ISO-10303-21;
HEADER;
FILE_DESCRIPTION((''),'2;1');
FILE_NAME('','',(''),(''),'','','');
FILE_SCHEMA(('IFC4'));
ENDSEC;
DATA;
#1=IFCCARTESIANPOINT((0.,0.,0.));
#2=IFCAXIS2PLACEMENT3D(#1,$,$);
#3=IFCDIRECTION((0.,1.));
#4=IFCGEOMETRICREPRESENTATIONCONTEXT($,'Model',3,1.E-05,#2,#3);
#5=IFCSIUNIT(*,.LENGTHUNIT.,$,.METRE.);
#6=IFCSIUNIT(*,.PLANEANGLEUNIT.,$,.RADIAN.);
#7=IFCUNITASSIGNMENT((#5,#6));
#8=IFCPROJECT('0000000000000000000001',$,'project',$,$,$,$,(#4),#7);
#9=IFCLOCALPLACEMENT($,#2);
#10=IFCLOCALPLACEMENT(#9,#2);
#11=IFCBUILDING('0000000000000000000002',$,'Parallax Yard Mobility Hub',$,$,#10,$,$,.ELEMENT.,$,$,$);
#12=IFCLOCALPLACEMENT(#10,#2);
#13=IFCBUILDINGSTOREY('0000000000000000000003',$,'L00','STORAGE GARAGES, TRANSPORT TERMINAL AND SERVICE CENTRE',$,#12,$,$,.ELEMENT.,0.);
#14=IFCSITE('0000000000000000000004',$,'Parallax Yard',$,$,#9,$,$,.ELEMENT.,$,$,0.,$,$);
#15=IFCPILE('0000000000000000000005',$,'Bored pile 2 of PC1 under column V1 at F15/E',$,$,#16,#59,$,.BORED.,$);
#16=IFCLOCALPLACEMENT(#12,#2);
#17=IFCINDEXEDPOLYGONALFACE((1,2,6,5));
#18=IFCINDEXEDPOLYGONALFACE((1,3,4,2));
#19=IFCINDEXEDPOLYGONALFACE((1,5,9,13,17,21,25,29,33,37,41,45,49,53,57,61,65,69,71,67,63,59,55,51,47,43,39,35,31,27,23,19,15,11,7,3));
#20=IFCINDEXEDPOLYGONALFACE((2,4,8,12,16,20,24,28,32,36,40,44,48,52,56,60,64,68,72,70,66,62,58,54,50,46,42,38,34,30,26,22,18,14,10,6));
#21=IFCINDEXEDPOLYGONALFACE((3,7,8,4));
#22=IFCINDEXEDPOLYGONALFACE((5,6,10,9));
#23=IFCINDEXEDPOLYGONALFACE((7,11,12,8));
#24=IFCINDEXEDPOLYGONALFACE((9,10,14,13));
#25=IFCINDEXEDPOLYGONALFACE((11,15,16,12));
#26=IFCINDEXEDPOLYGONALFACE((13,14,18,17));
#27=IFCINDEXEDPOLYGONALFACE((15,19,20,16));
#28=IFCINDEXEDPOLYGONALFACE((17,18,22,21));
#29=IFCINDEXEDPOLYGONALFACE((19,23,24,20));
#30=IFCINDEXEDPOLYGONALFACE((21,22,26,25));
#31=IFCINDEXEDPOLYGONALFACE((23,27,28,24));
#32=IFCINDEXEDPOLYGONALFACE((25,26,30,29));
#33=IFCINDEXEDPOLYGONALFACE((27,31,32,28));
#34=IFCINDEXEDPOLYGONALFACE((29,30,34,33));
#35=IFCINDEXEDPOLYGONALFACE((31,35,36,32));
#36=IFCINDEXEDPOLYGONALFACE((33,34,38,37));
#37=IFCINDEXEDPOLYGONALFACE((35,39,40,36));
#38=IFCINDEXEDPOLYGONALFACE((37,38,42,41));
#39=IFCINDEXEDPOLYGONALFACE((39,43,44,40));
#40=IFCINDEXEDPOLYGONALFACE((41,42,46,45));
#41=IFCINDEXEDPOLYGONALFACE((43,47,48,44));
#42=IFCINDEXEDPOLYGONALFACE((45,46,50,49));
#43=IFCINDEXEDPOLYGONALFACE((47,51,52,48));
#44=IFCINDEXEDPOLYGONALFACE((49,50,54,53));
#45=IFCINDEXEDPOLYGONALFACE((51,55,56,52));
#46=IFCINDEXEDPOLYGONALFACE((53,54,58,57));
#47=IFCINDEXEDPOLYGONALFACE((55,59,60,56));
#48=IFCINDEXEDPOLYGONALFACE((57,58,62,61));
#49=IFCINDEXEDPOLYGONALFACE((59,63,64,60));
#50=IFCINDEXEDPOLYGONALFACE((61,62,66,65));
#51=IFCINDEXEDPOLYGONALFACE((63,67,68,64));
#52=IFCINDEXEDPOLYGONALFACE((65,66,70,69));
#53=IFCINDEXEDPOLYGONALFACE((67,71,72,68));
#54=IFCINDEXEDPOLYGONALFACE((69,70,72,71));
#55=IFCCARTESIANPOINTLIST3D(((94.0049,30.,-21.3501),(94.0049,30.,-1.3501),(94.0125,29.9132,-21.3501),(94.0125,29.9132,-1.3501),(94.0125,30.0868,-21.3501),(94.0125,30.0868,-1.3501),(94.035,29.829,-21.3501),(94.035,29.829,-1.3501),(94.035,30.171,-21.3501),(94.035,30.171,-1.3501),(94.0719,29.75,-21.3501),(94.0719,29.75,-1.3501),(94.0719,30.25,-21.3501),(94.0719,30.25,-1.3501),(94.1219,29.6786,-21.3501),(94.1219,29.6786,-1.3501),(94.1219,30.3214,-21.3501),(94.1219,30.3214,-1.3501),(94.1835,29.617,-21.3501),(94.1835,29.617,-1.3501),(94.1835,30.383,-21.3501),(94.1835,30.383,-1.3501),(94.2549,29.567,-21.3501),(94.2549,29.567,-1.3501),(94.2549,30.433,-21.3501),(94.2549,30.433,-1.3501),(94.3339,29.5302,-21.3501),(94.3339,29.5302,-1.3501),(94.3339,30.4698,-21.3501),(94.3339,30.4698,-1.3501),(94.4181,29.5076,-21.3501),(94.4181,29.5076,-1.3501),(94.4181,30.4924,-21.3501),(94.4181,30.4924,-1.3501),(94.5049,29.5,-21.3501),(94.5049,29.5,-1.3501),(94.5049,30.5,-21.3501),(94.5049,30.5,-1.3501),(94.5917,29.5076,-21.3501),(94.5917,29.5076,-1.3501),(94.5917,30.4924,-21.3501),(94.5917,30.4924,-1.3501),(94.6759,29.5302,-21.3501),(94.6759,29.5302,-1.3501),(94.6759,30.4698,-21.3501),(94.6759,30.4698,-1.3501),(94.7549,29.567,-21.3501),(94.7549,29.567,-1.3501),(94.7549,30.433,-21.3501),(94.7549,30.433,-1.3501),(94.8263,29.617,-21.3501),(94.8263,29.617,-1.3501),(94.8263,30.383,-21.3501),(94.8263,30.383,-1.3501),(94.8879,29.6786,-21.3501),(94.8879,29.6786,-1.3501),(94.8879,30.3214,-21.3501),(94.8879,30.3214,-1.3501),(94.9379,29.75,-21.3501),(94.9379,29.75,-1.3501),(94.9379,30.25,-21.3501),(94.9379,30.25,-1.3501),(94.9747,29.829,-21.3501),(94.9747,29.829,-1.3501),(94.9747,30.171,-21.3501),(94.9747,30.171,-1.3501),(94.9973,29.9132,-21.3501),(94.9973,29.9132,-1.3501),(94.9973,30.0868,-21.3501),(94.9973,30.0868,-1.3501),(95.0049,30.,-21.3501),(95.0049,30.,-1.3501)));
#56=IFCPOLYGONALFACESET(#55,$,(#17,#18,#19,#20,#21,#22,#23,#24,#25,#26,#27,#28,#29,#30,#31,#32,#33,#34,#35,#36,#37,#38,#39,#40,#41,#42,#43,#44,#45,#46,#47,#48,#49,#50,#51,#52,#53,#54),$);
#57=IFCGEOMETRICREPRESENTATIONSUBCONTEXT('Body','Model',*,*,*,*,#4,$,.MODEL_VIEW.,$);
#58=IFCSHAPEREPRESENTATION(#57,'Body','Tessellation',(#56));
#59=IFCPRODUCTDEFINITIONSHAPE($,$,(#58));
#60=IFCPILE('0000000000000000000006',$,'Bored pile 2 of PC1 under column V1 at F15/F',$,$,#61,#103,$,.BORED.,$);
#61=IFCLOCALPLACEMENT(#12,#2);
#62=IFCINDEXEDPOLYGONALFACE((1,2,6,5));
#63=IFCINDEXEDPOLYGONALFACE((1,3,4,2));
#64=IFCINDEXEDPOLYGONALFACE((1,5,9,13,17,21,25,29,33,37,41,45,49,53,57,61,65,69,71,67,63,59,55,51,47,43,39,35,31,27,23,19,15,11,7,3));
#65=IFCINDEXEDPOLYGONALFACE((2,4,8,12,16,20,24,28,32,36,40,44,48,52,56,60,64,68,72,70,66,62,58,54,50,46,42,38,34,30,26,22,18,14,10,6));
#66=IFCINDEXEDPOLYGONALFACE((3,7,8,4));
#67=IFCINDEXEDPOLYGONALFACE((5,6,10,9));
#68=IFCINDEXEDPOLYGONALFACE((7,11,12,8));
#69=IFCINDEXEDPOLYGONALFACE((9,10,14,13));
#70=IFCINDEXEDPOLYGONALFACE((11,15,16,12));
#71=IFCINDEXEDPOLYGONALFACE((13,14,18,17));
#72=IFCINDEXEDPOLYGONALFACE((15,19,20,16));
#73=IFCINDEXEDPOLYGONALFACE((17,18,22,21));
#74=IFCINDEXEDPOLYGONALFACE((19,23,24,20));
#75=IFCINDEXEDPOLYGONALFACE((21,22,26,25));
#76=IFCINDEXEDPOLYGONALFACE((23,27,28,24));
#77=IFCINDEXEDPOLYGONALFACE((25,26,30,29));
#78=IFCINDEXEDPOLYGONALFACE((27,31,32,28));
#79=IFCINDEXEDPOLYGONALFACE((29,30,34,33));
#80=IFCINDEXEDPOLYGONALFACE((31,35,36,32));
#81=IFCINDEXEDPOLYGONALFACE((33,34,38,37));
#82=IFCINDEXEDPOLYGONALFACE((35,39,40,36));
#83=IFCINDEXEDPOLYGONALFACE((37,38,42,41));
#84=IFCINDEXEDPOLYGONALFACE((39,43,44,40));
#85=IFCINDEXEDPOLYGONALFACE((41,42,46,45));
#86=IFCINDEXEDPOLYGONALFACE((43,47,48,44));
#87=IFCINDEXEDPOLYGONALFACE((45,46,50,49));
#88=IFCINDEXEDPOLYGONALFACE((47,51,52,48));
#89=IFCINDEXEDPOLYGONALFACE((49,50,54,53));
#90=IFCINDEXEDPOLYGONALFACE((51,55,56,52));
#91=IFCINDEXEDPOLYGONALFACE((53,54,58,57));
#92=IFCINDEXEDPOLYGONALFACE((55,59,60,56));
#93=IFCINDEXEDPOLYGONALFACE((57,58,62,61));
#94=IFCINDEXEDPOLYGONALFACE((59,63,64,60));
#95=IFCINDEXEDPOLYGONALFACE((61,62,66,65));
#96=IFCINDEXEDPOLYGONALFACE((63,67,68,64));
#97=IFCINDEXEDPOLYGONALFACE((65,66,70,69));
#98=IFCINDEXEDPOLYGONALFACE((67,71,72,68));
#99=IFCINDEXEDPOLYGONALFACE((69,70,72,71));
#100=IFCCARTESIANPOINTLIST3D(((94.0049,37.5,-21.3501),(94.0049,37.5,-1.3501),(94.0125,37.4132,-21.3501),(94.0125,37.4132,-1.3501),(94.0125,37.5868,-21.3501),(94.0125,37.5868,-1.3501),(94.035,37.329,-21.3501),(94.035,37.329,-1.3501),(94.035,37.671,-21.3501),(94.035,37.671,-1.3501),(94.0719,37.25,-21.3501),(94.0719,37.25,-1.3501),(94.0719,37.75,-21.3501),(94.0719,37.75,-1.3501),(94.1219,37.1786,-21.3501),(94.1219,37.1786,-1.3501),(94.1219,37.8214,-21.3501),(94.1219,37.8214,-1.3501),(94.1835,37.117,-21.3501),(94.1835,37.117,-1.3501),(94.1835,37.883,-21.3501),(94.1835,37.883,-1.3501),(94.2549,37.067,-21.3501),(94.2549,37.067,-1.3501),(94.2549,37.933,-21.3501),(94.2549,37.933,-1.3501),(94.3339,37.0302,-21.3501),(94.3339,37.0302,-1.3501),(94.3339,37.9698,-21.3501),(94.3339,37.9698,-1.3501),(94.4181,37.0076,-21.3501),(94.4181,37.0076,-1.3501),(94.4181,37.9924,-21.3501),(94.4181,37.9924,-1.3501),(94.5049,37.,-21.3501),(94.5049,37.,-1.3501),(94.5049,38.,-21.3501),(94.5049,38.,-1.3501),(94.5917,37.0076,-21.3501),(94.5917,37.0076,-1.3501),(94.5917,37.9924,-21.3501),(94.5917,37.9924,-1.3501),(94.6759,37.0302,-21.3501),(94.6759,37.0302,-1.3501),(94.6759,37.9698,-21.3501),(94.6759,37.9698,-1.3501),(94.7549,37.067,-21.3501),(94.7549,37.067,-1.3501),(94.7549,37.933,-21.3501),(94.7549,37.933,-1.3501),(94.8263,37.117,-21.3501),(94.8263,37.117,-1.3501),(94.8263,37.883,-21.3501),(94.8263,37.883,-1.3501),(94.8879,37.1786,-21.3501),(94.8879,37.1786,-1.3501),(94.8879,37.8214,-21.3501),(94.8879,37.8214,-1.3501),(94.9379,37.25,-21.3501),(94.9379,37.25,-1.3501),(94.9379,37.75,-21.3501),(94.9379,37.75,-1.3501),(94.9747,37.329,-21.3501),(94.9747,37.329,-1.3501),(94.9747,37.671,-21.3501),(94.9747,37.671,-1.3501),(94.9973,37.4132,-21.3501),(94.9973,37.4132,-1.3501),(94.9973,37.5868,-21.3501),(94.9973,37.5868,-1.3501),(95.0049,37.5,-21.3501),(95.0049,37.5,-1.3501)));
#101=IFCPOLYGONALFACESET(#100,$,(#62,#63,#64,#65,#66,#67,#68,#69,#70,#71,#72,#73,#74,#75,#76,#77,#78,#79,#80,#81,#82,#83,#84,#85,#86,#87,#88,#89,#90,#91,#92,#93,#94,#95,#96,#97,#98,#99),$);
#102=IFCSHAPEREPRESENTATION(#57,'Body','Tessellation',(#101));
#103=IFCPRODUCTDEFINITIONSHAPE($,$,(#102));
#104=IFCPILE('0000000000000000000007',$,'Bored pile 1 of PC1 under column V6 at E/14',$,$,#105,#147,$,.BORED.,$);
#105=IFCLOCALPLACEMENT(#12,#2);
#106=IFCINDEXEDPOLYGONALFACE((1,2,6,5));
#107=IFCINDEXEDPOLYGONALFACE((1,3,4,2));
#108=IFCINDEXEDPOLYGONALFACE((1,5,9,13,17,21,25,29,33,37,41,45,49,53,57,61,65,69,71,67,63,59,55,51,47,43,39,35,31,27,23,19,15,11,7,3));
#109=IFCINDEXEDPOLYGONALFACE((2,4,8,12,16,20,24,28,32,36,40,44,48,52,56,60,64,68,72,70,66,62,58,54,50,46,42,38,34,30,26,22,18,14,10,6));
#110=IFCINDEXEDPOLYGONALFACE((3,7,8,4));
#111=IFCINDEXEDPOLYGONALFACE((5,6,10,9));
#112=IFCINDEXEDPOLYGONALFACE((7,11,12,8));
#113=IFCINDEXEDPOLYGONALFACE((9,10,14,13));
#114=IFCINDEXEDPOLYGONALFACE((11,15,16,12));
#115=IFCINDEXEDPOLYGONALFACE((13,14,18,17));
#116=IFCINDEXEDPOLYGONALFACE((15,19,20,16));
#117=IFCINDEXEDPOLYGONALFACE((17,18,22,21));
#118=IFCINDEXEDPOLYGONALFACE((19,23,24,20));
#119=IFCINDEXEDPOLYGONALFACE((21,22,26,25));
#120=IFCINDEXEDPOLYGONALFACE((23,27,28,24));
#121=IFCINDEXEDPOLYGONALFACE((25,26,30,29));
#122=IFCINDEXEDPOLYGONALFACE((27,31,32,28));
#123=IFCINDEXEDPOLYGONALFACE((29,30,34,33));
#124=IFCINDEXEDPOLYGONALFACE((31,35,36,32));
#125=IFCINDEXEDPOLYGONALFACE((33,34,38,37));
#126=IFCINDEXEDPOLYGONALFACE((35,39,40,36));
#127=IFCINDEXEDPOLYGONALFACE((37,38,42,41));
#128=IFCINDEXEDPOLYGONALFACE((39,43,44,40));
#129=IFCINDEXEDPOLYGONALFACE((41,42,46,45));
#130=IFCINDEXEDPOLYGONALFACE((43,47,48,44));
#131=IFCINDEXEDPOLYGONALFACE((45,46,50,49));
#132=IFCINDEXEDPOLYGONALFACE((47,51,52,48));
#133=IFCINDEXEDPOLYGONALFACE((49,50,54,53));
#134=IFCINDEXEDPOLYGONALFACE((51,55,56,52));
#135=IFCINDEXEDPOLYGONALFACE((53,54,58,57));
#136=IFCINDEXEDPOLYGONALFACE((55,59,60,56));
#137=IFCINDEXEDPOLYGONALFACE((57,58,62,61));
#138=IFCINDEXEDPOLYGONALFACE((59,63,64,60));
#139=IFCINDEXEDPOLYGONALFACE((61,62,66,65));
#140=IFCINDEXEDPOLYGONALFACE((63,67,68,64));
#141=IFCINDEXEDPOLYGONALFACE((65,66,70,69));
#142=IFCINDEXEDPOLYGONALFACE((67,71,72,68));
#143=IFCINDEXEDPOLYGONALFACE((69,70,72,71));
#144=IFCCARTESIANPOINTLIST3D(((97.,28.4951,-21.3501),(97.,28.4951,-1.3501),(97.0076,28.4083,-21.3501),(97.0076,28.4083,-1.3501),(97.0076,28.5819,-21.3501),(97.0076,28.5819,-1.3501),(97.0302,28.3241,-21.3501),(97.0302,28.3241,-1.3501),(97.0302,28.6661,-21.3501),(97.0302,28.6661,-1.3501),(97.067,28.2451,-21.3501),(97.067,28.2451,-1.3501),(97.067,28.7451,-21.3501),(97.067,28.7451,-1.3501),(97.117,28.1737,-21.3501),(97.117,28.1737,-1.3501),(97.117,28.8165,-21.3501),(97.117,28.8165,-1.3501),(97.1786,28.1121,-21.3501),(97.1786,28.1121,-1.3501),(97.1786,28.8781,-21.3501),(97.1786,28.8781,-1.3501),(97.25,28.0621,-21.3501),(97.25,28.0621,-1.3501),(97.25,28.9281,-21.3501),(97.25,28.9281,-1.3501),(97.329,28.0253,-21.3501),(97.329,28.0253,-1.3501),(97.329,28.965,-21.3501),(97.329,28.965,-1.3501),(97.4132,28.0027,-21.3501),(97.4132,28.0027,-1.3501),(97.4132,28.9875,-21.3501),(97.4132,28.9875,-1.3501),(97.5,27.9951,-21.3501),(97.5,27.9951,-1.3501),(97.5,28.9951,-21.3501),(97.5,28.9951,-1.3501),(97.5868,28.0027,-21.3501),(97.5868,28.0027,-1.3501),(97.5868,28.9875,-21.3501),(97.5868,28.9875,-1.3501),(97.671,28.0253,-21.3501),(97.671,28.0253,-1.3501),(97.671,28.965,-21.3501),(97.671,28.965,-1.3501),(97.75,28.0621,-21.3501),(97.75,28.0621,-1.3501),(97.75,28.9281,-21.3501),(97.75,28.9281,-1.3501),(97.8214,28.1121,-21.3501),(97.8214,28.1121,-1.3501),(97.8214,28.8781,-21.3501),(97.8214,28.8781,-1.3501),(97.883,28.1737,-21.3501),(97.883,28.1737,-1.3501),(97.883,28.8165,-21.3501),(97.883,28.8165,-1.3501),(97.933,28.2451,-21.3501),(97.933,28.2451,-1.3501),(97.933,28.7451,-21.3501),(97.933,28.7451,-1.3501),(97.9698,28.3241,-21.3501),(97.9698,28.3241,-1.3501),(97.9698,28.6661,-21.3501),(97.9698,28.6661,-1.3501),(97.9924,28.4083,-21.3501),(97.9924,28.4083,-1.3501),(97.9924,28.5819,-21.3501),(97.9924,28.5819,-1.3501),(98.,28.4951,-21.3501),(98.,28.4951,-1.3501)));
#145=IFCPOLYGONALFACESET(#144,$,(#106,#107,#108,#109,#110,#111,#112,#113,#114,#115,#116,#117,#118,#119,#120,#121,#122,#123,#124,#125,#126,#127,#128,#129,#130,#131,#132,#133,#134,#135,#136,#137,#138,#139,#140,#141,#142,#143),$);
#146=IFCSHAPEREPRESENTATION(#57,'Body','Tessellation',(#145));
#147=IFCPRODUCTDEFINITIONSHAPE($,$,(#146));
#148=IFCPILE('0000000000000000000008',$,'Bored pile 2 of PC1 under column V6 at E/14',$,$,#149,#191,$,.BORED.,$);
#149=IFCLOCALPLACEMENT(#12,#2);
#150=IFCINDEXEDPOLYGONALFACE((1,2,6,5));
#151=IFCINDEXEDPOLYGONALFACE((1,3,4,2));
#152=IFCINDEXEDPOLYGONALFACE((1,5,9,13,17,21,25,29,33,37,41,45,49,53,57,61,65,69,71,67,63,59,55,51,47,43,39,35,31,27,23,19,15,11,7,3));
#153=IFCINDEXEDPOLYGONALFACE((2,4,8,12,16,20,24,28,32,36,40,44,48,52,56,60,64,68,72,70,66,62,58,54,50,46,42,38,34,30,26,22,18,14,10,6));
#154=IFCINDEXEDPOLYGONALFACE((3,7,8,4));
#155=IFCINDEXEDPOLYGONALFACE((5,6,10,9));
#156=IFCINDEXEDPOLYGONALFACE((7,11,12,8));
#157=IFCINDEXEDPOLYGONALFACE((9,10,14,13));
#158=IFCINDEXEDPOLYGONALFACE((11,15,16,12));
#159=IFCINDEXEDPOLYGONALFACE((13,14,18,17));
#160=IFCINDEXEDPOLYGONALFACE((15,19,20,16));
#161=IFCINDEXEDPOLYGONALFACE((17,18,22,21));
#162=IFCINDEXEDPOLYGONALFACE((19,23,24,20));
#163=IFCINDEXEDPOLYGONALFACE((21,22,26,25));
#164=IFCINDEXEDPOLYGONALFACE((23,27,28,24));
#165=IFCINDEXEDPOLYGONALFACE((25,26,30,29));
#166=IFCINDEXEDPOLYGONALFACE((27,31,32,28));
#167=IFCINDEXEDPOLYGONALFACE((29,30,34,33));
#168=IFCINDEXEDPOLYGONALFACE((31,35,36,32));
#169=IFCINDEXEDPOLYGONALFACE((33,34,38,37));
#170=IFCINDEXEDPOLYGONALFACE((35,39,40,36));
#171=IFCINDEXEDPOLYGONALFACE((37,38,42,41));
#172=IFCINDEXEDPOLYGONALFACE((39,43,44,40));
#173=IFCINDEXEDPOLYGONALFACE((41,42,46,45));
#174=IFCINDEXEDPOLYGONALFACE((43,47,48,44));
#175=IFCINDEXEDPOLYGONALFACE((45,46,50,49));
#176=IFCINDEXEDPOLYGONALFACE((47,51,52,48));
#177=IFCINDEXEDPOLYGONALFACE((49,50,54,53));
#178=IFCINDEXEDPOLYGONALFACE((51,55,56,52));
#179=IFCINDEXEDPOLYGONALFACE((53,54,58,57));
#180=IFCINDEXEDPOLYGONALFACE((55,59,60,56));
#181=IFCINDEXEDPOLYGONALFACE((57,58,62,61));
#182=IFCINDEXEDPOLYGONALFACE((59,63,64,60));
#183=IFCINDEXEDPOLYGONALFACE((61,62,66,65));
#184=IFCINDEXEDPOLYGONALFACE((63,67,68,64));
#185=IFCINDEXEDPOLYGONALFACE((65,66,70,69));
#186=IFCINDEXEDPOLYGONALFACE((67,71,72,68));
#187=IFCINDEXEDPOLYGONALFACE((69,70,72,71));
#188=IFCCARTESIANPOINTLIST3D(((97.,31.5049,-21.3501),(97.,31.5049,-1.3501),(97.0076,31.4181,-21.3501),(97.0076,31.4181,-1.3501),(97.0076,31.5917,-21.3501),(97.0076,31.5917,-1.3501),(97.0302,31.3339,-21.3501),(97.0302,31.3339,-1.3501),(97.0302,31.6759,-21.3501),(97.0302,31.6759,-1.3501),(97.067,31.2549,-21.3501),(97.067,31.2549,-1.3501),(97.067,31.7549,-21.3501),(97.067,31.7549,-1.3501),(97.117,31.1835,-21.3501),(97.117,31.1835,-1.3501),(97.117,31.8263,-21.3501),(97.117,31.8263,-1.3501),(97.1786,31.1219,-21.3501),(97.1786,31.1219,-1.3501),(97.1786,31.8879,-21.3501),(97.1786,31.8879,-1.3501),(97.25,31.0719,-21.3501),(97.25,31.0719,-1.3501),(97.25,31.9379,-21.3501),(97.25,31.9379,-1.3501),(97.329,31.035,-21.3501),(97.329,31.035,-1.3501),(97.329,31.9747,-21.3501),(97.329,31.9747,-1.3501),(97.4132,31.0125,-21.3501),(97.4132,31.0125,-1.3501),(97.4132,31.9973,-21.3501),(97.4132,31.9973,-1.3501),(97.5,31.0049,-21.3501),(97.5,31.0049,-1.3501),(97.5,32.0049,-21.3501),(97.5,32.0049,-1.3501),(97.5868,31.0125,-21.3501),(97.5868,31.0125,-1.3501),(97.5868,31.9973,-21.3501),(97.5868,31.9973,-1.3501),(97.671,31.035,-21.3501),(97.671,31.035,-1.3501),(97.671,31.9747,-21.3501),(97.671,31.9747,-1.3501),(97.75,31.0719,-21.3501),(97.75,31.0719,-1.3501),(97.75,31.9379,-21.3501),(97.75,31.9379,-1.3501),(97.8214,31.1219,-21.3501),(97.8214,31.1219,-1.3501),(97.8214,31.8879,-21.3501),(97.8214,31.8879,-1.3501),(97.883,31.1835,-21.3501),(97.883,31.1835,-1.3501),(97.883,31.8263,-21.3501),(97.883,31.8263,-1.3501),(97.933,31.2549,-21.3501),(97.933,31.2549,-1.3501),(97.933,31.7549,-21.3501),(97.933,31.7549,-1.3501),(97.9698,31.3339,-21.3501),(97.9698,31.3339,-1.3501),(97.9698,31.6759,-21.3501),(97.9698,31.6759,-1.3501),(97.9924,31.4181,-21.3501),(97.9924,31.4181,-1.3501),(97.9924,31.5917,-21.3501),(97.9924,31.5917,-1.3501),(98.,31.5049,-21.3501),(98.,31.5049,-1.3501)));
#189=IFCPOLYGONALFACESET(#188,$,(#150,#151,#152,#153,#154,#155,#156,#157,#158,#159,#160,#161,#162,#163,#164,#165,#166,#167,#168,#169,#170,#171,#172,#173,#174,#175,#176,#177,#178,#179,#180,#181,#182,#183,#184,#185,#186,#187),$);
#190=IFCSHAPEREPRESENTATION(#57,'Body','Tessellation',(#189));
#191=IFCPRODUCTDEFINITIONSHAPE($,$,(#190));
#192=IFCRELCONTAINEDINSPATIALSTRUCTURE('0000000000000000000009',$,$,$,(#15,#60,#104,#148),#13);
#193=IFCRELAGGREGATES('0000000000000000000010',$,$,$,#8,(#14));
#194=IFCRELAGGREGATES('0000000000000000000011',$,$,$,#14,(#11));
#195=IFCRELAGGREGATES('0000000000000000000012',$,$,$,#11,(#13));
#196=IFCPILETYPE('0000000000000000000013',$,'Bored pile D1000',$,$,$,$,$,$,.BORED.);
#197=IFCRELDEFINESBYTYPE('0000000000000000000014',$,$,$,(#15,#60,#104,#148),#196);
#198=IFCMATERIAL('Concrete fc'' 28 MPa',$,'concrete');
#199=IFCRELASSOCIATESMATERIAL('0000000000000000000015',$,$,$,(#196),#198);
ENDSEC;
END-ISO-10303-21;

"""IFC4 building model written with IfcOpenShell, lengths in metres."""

from ifc_helpers import new_model, si_unit, direction, frame, origin, origin_2d, place, context, subcontext, project, spatial, circle, extrude, material, material_profile, profile_set, type_object, element, save


model = new_model("IFC4")

# Units and contexts
model_context = context("Model", 3, precision=1e-05, world=origin(), true_north=direction((0.0, 1.0)))
body_context = subcontext(model_context, "Body", "Model", "MODEL_VIEW")
ifc_project = project(units=[si_unit("LENGTHUNIT", "METRE"), si_unit("PLANEANGLEUNIT", "RADIAN")], contexts=[model_context])

# Site, building, storey
site_placement = place(None, origin())
site = spatial("IfcSite", under=ifc_project, at=site_placement, Name="Parallax Yard", CompositionType="ELEMENT", RefElevation=0.0)
building_placement = place(site_placement, origin())
building = spatial("IfcBuilding", under=site, at=building_placement, Name="Parallax Yard Mobility Hub", CompositionType="ELEMENT")
storey_placement = place(building_placement, origin())
storey = spatial("IfcBuildingStorey", under=building, at=storey_placement, Name="L00", Description="STORAGE GARAGES, TRANSPORT TERMINAL AND SERVICE CENTRE", CompositionType="ELEMENT", Elevation=0.0)

# Piles
ifc_material_1 = material(Name="Concrete fc' 28 MPa", Category="concrete")
ifc_material_profile_1 = material_profile(ifc_material_1, circle(Radius=0.5, at=origin_2d()), Name="Bored pile D1000")
ifc_profile_set_1 = profile_set([ifc_material_profile_1], Name="Concrete fc' 28 MPa")
pile_type = type_object("IfcPileType", Name="Bored pile D1000", PredefinedType="BORED", material=ifc_profile_set_1)
for number, where, z_axis, x_axis, name in (
    (1, (94.5049, 30.0, -1.3501), (0.0, 0.0, -1.0), (1.0, 0.0, 0.0), "Bored pile 2 of PC1 under column V1 at F15/E"),
    (2, (94.5049, 37.5, -1.3501), (0.0, 0.0, -1.0), (1.0, 0.0, 0.0), "Bored pile 2 of PC1 under column V1 at F15/F"),
    (3, (97.5, 28.4951, -1.3501), (0.0, 0.0, -1.0), (1.0, 0.0, 0.0), "Bored pile 1 of PC1 under column V6 at E/14"),
    (4, (97.5, 31.5049, -1.3501), (0.0, 0.0, -1.0), (1.0, 0.0, 0.0), "Bored pile 2 of PC1 under column V6 at E/14"),
):
    element("IfcPile", number, at=place(storey_placement, frame(where, z_axis=z_axis, x_axis=x_axis)), inside=storey, type_object=pile_type, Name=name, PredefinedType="BORED", context=body_context, shape_type="SweptSolid", body=[
        extrude(circle(Radius=0.5, at=origin_2d()), origin(), (0.0, 0.0, 1.0), 20.0),
    ])

save(model, "model.ifc")
